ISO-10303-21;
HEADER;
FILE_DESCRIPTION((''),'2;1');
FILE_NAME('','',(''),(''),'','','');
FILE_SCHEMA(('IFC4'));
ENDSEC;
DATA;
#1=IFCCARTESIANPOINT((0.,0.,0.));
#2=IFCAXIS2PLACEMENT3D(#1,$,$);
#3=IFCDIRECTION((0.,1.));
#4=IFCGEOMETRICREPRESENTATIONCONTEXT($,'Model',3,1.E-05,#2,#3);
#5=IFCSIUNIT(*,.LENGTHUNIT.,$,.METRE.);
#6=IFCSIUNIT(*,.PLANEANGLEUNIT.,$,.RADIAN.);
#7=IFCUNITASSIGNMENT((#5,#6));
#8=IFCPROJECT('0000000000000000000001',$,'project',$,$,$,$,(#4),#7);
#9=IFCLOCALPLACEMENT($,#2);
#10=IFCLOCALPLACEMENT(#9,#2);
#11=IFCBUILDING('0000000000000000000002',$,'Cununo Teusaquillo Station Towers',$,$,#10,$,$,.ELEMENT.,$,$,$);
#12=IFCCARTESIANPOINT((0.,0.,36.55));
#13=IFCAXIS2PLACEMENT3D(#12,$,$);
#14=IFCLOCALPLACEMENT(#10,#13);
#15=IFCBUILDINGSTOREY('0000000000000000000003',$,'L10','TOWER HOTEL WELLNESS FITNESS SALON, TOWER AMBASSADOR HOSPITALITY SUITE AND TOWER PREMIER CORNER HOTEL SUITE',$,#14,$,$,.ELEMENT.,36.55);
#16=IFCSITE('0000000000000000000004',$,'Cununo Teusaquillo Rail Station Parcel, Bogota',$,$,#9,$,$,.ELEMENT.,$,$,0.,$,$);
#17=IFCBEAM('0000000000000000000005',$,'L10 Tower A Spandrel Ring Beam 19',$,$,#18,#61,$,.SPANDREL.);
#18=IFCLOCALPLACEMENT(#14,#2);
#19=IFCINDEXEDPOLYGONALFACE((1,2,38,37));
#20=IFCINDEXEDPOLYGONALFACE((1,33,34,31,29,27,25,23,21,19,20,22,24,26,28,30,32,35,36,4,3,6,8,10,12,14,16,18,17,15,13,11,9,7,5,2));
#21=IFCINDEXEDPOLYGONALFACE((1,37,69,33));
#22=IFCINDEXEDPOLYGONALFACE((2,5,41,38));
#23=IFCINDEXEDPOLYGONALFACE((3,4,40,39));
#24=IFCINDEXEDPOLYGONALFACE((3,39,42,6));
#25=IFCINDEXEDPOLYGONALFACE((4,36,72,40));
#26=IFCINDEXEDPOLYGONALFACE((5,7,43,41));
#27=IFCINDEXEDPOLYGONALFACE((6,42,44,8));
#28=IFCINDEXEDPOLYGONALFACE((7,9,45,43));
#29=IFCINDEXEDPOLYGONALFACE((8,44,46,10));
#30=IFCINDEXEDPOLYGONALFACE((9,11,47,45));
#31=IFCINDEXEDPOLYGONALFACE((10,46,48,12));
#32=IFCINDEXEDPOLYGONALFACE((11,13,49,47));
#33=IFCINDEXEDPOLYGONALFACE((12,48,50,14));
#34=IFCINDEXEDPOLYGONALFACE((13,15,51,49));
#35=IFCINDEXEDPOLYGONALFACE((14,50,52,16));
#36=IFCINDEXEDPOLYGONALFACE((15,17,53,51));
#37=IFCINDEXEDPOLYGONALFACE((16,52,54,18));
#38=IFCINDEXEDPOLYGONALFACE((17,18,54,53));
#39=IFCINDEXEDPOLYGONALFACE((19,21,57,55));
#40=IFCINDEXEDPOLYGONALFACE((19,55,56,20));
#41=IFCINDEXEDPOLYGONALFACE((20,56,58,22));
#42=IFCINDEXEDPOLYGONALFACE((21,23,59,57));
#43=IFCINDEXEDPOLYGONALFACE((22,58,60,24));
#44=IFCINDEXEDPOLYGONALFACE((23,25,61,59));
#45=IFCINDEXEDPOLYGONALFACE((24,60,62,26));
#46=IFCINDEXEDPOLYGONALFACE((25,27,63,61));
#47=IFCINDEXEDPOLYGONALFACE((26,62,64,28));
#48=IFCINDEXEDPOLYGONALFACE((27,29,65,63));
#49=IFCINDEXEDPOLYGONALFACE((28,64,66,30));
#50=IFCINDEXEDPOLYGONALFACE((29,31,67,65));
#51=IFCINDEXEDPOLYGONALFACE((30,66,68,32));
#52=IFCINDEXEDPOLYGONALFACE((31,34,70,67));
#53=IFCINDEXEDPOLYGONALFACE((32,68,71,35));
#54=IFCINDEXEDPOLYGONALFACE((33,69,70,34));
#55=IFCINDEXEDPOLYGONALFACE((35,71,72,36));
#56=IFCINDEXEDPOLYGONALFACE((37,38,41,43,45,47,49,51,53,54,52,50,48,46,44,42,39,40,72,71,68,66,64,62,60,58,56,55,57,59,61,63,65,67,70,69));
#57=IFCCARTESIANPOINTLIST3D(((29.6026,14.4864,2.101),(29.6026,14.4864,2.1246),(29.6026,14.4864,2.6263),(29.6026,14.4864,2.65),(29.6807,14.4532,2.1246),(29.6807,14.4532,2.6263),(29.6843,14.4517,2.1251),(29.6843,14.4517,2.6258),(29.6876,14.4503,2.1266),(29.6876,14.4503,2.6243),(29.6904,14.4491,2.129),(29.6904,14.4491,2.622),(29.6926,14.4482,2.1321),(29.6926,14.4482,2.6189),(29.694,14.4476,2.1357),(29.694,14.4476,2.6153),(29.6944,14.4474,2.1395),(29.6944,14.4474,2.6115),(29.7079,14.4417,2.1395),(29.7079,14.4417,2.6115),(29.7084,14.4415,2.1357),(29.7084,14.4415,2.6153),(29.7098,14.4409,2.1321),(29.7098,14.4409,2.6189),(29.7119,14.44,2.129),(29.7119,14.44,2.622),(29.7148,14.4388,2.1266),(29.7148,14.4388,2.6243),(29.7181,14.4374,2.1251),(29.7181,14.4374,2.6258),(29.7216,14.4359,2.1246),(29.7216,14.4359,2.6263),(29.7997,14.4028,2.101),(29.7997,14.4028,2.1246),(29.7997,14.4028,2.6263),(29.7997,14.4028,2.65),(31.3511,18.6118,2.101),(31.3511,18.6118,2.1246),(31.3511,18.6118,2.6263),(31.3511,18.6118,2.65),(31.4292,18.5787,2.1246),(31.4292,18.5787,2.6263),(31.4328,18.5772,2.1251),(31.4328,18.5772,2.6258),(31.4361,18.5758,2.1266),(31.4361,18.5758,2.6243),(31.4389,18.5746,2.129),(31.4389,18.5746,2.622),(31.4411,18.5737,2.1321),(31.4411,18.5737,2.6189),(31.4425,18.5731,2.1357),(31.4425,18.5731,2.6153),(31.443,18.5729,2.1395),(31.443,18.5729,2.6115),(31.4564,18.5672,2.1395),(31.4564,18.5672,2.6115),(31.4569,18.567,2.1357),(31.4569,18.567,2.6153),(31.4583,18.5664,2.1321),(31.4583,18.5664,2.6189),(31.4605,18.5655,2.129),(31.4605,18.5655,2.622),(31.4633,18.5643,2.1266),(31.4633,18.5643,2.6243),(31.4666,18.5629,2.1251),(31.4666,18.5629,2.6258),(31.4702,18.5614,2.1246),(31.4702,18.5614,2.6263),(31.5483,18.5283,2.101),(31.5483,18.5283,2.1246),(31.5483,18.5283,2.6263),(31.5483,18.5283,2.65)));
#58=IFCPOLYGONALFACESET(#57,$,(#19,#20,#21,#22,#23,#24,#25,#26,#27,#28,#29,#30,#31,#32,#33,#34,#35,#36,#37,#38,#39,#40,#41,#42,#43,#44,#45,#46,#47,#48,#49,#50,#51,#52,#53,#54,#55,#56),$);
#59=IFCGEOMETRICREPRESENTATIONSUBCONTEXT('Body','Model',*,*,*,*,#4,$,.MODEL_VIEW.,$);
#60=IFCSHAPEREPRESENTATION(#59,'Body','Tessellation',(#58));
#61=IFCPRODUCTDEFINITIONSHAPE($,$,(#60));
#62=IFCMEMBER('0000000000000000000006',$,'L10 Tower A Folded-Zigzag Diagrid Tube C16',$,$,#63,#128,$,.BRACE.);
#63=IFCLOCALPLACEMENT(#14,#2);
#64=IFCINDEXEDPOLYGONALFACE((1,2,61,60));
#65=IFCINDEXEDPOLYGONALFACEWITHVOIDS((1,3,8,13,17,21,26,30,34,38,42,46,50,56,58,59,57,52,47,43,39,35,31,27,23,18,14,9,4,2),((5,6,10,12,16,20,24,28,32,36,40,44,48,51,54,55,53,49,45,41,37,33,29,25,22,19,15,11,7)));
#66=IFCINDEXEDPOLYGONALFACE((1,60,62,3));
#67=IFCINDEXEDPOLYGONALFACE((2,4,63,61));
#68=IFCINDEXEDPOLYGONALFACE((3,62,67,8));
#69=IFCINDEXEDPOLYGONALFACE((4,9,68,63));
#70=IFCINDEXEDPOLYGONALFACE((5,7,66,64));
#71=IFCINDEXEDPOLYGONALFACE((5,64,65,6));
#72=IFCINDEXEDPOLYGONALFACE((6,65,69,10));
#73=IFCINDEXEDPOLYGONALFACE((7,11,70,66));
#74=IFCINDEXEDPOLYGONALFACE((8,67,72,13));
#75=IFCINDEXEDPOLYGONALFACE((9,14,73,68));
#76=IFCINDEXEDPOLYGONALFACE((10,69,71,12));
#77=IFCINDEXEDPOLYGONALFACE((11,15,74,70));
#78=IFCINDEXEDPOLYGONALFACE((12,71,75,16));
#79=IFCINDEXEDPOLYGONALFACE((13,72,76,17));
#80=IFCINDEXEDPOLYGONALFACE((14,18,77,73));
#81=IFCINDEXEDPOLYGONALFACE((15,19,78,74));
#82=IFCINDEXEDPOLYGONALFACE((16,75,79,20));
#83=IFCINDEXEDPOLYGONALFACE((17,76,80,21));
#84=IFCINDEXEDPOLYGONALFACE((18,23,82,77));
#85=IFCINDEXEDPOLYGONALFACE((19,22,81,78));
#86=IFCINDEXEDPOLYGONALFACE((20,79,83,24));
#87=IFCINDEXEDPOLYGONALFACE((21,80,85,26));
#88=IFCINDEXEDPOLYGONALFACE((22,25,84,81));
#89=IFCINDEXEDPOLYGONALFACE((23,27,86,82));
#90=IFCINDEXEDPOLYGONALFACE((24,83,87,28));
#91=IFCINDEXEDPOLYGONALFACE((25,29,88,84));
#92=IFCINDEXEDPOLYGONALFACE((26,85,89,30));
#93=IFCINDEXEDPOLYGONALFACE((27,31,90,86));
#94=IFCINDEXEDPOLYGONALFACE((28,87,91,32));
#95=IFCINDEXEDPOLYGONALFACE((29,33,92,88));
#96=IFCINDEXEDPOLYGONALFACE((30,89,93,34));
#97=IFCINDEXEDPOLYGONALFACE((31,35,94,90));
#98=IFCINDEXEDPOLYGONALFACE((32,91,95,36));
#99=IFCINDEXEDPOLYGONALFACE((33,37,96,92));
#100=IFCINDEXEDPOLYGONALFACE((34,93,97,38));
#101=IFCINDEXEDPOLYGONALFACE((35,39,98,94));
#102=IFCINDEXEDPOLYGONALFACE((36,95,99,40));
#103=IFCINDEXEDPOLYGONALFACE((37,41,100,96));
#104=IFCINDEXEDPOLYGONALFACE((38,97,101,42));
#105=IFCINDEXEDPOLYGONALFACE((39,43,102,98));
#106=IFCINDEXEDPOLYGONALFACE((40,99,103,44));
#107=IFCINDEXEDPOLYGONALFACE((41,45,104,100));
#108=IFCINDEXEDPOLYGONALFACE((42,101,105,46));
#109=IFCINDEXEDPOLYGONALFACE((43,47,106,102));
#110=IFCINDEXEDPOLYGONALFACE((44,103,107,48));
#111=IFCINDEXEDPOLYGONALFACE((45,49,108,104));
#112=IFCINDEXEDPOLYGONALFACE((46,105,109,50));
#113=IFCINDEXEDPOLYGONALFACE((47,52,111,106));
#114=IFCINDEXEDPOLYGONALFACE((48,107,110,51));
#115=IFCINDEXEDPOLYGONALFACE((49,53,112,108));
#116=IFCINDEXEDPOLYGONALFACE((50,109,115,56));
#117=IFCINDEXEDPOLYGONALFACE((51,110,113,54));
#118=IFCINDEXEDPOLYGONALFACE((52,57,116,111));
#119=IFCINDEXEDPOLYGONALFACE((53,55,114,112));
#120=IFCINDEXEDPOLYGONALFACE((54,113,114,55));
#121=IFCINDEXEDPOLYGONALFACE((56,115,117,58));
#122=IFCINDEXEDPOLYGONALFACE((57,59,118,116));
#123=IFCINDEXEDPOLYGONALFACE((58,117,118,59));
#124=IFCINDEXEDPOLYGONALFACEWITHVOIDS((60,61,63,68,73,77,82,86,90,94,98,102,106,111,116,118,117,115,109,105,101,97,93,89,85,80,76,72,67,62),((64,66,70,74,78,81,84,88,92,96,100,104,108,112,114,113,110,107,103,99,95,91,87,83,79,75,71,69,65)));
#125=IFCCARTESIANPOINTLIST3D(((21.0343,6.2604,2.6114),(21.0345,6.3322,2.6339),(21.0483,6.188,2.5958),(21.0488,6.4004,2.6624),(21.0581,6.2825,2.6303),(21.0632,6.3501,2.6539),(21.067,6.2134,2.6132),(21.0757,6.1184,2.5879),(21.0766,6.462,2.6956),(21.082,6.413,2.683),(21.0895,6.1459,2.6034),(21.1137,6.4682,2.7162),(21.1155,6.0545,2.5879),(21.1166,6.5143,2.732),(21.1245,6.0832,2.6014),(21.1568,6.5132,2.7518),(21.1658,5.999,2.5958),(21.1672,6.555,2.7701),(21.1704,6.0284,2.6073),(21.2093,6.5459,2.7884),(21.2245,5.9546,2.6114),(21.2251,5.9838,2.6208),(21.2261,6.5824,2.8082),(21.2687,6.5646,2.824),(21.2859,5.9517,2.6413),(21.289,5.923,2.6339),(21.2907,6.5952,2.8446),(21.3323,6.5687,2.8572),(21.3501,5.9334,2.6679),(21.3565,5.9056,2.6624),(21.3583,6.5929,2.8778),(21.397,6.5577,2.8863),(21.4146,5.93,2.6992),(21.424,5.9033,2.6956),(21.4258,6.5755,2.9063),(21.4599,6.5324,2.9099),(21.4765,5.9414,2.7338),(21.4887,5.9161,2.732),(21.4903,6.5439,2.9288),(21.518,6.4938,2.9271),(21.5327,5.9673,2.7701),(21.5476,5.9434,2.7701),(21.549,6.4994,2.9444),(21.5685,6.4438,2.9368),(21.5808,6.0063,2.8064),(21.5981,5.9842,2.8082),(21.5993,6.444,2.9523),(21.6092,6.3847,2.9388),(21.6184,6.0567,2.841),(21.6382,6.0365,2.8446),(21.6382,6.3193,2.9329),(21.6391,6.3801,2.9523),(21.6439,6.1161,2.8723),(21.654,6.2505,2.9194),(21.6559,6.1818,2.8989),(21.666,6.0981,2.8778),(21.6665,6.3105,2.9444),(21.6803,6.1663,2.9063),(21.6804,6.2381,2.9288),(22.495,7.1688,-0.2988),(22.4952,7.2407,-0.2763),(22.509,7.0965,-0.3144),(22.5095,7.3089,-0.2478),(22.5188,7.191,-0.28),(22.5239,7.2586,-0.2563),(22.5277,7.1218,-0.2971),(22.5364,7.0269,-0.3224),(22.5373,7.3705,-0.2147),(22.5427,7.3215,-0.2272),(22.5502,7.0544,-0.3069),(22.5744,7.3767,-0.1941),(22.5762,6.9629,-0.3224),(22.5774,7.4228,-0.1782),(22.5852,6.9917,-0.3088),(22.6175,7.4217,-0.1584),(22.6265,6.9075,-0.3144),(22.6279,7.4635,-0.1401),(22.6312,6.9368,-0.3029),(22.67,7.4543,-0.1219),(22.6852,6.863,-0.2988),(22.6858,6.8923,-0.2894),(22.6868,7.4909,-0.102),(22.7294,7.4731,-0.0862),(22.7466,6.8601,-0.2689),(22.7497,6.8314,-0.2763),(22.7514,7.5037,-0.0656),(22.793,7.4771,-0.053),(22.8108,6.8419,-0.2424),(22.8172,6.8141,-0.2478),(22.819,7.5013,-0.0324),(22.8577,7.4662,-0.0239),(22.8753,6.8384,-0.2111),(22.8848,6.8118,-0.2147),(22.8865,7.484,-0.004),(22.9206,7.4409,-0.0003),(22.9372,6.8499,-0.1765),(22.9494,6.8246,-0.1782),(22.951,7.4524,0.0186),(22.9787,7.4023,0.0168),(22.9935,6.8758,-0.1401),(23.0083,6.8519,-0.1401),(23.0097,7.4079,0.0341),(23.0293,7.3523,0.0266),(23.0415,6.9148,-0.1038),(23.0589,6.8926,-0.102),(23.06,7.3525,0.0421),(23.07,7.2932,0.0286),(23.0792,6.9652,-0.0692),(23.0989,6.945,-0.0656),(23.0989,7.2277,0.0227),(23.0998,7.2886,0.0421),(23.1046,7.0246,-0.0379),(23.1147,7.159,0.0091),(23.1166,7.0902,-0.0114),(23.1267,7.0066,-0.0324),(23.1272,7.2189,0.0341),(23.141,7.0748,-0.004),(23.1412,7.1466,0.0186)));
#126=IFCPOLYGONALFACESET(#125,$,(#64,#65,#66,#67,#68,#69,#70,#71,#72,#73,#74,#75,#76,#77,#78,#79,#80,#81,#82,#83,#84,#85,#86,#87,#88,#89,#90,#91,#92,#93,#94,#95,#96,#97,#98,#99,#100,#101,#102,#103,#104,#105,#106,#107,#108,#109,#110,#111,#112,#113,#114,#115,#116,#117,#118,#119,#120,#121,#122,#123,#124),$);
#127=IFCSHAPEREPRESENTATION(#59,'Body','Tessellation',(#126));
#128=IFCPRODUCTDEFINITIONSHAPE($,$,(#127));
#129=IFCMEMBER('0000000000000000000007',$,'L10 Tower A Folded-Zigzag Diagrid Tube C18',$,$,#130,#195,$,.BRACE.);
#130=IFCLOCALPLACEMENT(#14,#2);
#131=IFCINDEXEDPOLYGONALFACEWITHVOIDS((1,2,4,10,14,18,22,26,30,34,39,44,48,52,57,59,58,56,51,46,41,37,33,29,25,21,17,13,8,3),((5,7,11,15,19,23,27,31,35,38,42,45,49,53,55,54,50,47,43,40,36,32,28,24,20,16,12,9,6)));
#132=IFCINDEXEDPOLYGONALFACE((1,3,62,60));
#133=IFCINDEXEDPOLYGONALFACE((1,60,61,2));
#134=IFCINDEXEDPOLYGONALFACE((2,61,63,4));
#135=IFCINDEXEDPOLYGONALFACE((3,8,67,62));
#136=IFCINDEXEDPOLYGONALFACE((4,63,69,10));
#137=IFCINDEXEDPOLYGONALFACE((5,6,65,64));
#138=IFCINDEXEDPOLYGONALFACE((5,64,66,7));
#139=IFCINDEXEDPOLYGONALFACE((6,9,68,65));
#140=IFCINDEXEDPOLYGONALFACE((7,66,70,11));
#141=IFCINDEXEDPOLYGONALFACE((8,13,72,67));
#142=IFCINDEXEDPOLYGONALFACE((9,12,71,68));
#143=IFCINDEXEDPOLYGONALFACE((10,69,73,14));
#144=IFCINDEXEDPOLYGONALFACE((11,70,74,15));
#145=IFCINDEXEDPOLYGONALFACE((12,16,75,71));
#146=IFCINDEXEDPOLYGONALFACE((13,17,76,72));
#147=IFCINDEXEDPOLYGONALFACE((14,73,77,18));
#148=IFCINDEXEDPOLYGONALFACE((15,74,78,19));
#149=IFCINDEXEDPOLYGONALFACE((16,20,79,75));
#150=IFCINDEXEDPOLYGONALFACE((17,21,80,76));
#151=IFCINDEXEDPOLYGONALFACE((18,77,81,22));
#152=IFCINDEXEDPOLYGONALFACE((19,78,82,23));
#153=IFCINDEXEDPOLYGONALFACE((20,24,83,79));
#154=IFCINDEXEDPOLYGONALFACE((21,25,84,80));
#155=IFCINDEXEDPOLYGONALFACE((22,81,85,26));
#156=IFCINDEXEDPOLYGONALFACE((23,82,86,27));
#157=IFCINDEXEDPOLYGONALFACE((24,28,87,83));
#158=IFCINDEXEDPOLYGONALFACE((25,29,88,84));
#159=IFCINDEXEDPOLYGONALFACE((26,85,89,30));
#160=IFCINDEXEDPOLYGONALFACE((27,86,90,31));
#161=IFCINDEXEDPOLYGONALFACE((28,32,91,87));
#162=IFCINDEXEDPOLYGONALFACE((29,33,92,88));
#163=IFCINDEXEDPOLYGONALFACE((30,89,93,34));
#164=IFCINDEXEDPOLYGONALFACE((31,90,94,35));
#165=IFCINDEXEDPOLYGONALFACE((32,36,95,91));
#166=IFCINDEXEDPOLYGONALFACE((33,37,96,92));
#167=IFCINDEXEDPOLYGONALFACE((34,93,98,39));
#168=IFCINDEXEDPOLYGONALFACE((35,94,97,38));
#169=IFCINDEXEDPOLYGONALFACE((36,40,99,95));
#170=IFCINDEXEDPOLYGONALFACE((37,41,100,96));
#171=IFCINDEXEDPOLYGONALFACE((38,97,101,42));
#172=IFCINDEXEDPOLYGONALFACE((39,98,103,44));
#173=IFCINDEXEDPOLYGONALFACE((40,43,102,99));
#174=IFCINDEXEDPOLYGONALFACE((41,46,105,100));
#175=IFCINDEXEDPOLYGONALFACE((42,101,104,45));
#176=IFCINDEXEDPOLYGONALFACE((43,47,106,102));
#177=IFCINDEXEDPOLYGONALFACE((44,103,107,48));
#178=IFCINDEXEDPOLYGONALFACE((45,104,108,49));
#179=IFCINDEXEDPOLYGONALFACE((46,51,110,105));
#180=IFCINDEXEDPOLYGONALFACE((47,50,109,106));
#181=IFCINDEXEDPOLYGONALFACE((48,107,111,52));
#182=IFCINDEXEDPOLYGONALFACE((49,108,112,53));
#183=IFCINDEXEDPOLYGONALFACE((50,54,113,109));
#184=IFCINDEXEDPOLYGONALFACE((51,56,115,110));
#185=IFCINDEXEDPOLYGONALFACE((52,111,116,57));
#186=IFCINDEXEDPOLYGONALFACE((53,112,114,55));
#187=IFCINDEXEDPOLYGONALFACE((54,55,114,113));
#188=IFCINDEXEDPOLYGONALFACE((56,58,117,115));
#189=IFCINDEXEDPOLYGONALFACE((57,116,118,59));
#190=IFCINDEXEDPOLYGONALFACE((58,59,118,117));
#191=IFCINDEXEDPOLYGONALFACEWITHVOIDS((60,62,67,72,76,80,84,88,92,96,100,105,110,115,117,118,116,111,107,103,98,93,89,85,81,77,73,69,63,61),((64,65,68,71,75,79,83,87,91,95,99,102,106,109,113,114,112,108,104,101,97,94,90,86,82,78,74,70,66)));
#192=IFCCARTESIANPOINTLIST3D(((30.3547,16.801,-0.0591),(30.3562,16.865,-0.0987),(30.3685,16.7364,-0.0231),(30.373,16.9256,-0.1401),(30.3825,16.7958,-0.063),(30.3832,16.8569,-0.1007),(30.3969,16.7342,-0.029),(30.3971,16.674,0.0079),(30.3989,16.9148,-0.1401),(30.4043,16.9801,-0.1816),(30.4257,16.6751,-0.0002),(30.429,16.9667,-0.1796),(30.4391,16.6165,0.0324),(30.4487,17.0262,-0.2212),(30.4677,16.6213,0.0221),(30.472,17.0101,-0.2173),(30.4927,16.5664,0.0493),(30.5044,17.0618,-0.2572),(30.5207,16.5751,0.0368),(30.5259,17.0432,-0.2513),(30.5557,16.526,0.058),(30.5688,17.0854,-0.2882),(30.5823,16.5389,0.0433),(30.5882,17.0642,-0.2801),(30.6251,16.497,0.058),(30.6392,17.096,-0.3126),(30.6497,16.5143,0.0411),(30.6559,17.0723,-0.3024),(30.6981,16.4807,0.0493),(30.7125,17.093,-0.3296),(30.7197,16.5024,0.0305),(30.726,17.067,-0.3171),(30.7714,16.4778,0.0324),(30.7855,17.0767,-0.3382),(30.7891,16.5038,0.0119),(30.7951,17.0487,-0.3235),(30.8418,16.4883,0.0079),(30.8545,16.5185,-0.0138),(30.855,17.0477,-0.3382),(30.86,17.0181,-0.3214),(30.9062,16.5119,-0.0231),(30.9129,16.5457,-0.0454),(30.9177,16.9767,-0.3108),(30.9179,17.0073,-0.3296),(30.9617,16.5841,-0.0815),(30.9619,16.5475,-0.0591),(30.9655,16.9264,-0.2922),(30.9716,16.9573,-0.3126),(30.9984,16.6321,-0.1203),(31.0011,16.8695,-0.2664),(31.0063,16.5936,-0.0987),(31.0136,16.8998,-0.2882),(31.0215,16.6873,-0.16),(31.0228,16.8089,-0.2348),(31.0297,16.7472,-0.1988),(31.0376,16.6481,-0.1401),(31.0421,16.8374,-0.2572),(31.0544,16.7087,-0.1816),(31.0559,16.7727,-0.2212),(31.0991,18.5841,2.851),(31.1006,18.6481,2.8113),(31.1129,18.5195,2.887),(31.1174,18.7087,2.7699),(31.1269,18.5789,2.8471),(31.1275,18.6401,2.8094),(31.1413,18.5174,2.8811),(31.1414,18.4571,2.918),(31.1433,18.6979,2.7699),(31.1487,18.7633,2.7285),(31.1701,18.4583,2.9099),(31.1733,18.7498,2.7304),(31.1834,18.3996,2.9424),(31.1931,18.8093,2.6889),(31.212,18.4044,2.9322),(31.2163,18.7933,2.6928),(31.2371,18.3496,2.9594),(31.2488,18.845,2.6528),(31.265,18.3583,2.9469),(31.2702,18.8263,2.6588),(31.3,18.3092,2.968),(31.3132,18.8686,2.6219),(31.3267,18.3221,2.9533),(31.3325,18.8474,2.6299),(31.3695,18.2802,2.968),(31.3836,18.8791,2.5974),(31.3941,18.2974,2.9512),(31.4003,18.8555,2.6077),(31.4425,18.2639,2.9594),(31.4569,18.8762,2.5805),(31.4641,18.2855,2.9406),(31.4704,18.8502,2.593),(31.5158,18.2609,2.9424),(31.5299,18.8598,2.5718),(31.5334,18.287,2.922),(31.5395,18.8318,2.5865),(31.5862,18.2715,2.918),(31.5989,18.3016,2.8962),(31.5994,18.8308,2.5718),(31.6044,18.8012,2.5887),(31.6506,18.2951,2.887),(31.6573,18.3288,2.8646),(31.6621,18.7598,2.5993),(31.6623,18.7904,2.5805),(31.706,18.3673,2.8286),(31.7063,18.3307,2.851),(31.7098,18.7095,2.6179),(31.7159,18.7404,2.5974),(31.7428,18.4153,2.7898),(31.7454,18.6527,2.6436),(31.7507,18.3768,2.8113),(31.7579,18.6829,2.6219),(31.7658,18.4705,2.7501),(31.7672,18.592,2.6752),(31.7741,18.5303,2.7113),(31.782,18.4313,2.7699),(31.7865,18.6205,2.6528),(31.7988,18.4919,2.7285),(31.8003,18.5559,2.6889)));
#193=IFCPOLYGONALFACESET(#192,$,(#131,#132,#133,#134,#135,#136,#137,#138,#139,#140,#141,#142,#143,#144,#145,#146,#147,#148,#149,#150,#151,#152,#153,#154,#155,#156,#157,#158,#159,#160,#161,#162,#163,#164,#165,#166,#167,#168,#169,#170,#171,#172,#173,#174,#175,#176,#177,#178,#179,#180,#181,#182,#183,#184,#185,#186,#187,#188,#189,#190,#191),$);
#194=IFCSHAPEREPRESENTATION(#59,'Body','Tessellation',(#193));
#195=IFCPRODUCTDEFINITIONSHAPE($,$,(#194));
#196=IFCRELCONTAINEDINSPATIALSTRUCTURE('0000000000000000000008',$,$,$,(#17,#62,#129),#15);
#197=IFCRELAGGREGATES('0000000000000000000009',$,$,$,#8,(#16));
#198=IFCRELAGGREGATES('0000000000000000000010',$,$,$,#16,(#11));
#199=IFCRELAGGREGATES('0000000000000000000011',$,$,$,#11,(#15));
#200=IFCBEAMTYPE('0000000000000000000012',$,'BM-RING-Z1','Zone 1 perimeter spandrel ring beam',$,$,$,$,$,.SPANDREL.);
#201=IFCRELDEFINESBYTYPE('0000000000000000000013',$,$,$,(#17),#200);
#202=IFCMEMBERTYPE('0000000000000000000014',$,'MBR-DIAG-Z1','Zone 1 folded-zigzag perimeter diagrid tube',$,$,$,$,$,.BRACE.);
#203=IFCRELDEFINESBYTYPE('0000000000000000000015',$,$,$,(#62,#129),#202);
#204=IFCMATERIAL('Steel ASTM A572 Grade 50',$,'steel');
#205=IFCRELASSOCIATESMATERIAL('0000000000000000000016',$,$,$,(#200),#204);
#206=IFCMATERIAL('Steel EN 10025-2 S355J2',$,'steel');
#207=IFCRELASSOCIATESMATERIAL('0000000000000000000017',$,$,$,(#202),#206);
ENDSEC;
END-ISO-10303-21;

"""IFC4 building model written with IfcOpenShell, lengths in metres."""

from ifc_helpers import new_model, si_unit, direction, frame, origin, origin_2d, place, context, subcontext, project, spatial, hollow_circle, i_section, extrude, material, material_profile, profile_set, type_object, element, save


model = new_model("IFC4")

# Units and contexts
model_context = context("Model", 3, precision=1e-05, world=origin(), true_north=direction((0.0, 1.0)))
body_context = subcontext(model_context, "Body", "Model", "MODEL_VIEW")
ifc_project = project(units=[si_unit("LENGTHUNIT", "METRE"), si_unit("PLANEANGLEUNIT", "RADIAN")], contexts=[model_context])

# Site, building, storey
site_placement = place(None, origin())
site = spatial("IfcSite", under=ifc_project, at=site_placement, Name="Cununo Teusaquillo Rail Station Parcel, Bogota", CompositionType="ELEMENT", RefElevation=0.0)
building_placement = place(site_placement, origin())
building = spatial("IfcBuilding", under=site, at=building_placement, Name="Cununo Teusaquillo Station Towers", CompositionType="ELEMENT")
storey_placement = place(building_placement, frame((0.0, 0.0, 36.55)))
storey = spatial("IfcBuildingStorey", under=building, at=storey_placement, Name="L10", Description="TOWER HOTEL WELLNESS FITNESS SALON, TOWER AMBASSADOR HOSPITALITY SUITE AND TOWER PREMIER CORNER HOTEL SUITE", CompositionType="ELEMENT", Elevation=36.55)

# Beam
ifc_material_1 = material(Name="Steel ASTM A572 Grade 50", Category="steel")
ifc_material_profile_1 = material_profile(ifc_material_1, i_section(OverallWidth=0.2141, OverallDepth=0.5491, WebThickness=0.0146, FlangeThickness=0.0237, FilletRadius=0.0149, at=origin_2d()), Name="W21X93")
ifc_profile_set_1 = profile_set([ifc_material_profile_1], Name="Steel ASTM A572 Grade 50")
beam_type = type_object("IfcBeamType", Name="BM-RING-Z1", Description="Zone 1 perimeter spandrel ring beam", PredefinedType="SPANDREL", material=ifc_profile_set_1)
beam_1_placement = place(storey_placement, frame((29.7012, 14.4446, 2.3755), z_axis=(0.390234, 0.920716, 0.0), x_axis=(-0.920716, 0.390234, 0.0)))
element("IfcBeam", 1, at=beam_1_placement, inside=storey, type_object=beam_type, Name="L10 Tower A Spandrel Ring Beam 19", PredefinedType="SPANDREL", context=body_context, shape_type="SweptSolid", body=[
    extrude(i_section(OverallWidth=0.2141, OverallDepth=0.5491, WebThickness=0.0146, FlangeThickness=0.0237, FilletRadius=0.0149, at=origin_2d()), origin(), (0.0, 0.0, 1.0), 4.4807),
])

# Members
ifc_material_2 = material(Name="Steel EN 10025-2 S355J2", Category="steel")
ifc_material_profile_2 = material_profile(ifc_material_2, hollow_circle(Radius=0.3601, WallThickness=0.0281, at=origin_2d()), Name="CHS 720x28")
ifc_profile_set_2 = profile_set([ifc_material_profile_2], Name="Steel EN 10025-2 S355J2")
member_type = type_object("IfcMemberType", Name="MBR-DIAG-Z1", Description="Zone 1 folded-zigzag perimeter diagrid tube", PredefinedType="BRACE", material=ifc_profile_set_2)
member_1_placement = place(storey_placement, frame((22.8181, 7.1577, -0.1401), z_axis=(-0.432091, -0.26873, 0.860861), x_axis=(0.528122, -0.849168, 0.0)))
element("IfcMember", 2, at=member_1_placement, inside=storey, type_object=member_type, Name="L10 Tower A Folded-Zigzag Diagrid Tube C16", PredefinedType="BRACE", context=body_context, shape_type="SweptSolid", body=[
    extrude(hollow_circle(Radius=0.3601, WallThickness=0.0281, at=origin_2d()), origin(), (0.0, 0.0, 1.0), 3.3806),
])
member_2_placement = place(storey_placement, frame((30.7053, 16.7869, -0.1401), z_axis=(0.213091, 0.510468, 0.833075), x_axis=(-0.922823, 0.385225, 0.0)))
element("IfcMember", 3, at=member_2_placement, inside=storey, type_object=member_type, Name="L10 Tower A Folded-Zigzag Diagrid Tube C18", PredefinedType="BRACE", context=body_context, shape_type="SweptSolid", body=[
    extrude(hollow_circle(Radius=0.3601, WallThickness=0.0281, at=origin_2d()), origin(), (0.0, 0.0, 1.0), 3.4932),
])

save(model, "model.ifc")
